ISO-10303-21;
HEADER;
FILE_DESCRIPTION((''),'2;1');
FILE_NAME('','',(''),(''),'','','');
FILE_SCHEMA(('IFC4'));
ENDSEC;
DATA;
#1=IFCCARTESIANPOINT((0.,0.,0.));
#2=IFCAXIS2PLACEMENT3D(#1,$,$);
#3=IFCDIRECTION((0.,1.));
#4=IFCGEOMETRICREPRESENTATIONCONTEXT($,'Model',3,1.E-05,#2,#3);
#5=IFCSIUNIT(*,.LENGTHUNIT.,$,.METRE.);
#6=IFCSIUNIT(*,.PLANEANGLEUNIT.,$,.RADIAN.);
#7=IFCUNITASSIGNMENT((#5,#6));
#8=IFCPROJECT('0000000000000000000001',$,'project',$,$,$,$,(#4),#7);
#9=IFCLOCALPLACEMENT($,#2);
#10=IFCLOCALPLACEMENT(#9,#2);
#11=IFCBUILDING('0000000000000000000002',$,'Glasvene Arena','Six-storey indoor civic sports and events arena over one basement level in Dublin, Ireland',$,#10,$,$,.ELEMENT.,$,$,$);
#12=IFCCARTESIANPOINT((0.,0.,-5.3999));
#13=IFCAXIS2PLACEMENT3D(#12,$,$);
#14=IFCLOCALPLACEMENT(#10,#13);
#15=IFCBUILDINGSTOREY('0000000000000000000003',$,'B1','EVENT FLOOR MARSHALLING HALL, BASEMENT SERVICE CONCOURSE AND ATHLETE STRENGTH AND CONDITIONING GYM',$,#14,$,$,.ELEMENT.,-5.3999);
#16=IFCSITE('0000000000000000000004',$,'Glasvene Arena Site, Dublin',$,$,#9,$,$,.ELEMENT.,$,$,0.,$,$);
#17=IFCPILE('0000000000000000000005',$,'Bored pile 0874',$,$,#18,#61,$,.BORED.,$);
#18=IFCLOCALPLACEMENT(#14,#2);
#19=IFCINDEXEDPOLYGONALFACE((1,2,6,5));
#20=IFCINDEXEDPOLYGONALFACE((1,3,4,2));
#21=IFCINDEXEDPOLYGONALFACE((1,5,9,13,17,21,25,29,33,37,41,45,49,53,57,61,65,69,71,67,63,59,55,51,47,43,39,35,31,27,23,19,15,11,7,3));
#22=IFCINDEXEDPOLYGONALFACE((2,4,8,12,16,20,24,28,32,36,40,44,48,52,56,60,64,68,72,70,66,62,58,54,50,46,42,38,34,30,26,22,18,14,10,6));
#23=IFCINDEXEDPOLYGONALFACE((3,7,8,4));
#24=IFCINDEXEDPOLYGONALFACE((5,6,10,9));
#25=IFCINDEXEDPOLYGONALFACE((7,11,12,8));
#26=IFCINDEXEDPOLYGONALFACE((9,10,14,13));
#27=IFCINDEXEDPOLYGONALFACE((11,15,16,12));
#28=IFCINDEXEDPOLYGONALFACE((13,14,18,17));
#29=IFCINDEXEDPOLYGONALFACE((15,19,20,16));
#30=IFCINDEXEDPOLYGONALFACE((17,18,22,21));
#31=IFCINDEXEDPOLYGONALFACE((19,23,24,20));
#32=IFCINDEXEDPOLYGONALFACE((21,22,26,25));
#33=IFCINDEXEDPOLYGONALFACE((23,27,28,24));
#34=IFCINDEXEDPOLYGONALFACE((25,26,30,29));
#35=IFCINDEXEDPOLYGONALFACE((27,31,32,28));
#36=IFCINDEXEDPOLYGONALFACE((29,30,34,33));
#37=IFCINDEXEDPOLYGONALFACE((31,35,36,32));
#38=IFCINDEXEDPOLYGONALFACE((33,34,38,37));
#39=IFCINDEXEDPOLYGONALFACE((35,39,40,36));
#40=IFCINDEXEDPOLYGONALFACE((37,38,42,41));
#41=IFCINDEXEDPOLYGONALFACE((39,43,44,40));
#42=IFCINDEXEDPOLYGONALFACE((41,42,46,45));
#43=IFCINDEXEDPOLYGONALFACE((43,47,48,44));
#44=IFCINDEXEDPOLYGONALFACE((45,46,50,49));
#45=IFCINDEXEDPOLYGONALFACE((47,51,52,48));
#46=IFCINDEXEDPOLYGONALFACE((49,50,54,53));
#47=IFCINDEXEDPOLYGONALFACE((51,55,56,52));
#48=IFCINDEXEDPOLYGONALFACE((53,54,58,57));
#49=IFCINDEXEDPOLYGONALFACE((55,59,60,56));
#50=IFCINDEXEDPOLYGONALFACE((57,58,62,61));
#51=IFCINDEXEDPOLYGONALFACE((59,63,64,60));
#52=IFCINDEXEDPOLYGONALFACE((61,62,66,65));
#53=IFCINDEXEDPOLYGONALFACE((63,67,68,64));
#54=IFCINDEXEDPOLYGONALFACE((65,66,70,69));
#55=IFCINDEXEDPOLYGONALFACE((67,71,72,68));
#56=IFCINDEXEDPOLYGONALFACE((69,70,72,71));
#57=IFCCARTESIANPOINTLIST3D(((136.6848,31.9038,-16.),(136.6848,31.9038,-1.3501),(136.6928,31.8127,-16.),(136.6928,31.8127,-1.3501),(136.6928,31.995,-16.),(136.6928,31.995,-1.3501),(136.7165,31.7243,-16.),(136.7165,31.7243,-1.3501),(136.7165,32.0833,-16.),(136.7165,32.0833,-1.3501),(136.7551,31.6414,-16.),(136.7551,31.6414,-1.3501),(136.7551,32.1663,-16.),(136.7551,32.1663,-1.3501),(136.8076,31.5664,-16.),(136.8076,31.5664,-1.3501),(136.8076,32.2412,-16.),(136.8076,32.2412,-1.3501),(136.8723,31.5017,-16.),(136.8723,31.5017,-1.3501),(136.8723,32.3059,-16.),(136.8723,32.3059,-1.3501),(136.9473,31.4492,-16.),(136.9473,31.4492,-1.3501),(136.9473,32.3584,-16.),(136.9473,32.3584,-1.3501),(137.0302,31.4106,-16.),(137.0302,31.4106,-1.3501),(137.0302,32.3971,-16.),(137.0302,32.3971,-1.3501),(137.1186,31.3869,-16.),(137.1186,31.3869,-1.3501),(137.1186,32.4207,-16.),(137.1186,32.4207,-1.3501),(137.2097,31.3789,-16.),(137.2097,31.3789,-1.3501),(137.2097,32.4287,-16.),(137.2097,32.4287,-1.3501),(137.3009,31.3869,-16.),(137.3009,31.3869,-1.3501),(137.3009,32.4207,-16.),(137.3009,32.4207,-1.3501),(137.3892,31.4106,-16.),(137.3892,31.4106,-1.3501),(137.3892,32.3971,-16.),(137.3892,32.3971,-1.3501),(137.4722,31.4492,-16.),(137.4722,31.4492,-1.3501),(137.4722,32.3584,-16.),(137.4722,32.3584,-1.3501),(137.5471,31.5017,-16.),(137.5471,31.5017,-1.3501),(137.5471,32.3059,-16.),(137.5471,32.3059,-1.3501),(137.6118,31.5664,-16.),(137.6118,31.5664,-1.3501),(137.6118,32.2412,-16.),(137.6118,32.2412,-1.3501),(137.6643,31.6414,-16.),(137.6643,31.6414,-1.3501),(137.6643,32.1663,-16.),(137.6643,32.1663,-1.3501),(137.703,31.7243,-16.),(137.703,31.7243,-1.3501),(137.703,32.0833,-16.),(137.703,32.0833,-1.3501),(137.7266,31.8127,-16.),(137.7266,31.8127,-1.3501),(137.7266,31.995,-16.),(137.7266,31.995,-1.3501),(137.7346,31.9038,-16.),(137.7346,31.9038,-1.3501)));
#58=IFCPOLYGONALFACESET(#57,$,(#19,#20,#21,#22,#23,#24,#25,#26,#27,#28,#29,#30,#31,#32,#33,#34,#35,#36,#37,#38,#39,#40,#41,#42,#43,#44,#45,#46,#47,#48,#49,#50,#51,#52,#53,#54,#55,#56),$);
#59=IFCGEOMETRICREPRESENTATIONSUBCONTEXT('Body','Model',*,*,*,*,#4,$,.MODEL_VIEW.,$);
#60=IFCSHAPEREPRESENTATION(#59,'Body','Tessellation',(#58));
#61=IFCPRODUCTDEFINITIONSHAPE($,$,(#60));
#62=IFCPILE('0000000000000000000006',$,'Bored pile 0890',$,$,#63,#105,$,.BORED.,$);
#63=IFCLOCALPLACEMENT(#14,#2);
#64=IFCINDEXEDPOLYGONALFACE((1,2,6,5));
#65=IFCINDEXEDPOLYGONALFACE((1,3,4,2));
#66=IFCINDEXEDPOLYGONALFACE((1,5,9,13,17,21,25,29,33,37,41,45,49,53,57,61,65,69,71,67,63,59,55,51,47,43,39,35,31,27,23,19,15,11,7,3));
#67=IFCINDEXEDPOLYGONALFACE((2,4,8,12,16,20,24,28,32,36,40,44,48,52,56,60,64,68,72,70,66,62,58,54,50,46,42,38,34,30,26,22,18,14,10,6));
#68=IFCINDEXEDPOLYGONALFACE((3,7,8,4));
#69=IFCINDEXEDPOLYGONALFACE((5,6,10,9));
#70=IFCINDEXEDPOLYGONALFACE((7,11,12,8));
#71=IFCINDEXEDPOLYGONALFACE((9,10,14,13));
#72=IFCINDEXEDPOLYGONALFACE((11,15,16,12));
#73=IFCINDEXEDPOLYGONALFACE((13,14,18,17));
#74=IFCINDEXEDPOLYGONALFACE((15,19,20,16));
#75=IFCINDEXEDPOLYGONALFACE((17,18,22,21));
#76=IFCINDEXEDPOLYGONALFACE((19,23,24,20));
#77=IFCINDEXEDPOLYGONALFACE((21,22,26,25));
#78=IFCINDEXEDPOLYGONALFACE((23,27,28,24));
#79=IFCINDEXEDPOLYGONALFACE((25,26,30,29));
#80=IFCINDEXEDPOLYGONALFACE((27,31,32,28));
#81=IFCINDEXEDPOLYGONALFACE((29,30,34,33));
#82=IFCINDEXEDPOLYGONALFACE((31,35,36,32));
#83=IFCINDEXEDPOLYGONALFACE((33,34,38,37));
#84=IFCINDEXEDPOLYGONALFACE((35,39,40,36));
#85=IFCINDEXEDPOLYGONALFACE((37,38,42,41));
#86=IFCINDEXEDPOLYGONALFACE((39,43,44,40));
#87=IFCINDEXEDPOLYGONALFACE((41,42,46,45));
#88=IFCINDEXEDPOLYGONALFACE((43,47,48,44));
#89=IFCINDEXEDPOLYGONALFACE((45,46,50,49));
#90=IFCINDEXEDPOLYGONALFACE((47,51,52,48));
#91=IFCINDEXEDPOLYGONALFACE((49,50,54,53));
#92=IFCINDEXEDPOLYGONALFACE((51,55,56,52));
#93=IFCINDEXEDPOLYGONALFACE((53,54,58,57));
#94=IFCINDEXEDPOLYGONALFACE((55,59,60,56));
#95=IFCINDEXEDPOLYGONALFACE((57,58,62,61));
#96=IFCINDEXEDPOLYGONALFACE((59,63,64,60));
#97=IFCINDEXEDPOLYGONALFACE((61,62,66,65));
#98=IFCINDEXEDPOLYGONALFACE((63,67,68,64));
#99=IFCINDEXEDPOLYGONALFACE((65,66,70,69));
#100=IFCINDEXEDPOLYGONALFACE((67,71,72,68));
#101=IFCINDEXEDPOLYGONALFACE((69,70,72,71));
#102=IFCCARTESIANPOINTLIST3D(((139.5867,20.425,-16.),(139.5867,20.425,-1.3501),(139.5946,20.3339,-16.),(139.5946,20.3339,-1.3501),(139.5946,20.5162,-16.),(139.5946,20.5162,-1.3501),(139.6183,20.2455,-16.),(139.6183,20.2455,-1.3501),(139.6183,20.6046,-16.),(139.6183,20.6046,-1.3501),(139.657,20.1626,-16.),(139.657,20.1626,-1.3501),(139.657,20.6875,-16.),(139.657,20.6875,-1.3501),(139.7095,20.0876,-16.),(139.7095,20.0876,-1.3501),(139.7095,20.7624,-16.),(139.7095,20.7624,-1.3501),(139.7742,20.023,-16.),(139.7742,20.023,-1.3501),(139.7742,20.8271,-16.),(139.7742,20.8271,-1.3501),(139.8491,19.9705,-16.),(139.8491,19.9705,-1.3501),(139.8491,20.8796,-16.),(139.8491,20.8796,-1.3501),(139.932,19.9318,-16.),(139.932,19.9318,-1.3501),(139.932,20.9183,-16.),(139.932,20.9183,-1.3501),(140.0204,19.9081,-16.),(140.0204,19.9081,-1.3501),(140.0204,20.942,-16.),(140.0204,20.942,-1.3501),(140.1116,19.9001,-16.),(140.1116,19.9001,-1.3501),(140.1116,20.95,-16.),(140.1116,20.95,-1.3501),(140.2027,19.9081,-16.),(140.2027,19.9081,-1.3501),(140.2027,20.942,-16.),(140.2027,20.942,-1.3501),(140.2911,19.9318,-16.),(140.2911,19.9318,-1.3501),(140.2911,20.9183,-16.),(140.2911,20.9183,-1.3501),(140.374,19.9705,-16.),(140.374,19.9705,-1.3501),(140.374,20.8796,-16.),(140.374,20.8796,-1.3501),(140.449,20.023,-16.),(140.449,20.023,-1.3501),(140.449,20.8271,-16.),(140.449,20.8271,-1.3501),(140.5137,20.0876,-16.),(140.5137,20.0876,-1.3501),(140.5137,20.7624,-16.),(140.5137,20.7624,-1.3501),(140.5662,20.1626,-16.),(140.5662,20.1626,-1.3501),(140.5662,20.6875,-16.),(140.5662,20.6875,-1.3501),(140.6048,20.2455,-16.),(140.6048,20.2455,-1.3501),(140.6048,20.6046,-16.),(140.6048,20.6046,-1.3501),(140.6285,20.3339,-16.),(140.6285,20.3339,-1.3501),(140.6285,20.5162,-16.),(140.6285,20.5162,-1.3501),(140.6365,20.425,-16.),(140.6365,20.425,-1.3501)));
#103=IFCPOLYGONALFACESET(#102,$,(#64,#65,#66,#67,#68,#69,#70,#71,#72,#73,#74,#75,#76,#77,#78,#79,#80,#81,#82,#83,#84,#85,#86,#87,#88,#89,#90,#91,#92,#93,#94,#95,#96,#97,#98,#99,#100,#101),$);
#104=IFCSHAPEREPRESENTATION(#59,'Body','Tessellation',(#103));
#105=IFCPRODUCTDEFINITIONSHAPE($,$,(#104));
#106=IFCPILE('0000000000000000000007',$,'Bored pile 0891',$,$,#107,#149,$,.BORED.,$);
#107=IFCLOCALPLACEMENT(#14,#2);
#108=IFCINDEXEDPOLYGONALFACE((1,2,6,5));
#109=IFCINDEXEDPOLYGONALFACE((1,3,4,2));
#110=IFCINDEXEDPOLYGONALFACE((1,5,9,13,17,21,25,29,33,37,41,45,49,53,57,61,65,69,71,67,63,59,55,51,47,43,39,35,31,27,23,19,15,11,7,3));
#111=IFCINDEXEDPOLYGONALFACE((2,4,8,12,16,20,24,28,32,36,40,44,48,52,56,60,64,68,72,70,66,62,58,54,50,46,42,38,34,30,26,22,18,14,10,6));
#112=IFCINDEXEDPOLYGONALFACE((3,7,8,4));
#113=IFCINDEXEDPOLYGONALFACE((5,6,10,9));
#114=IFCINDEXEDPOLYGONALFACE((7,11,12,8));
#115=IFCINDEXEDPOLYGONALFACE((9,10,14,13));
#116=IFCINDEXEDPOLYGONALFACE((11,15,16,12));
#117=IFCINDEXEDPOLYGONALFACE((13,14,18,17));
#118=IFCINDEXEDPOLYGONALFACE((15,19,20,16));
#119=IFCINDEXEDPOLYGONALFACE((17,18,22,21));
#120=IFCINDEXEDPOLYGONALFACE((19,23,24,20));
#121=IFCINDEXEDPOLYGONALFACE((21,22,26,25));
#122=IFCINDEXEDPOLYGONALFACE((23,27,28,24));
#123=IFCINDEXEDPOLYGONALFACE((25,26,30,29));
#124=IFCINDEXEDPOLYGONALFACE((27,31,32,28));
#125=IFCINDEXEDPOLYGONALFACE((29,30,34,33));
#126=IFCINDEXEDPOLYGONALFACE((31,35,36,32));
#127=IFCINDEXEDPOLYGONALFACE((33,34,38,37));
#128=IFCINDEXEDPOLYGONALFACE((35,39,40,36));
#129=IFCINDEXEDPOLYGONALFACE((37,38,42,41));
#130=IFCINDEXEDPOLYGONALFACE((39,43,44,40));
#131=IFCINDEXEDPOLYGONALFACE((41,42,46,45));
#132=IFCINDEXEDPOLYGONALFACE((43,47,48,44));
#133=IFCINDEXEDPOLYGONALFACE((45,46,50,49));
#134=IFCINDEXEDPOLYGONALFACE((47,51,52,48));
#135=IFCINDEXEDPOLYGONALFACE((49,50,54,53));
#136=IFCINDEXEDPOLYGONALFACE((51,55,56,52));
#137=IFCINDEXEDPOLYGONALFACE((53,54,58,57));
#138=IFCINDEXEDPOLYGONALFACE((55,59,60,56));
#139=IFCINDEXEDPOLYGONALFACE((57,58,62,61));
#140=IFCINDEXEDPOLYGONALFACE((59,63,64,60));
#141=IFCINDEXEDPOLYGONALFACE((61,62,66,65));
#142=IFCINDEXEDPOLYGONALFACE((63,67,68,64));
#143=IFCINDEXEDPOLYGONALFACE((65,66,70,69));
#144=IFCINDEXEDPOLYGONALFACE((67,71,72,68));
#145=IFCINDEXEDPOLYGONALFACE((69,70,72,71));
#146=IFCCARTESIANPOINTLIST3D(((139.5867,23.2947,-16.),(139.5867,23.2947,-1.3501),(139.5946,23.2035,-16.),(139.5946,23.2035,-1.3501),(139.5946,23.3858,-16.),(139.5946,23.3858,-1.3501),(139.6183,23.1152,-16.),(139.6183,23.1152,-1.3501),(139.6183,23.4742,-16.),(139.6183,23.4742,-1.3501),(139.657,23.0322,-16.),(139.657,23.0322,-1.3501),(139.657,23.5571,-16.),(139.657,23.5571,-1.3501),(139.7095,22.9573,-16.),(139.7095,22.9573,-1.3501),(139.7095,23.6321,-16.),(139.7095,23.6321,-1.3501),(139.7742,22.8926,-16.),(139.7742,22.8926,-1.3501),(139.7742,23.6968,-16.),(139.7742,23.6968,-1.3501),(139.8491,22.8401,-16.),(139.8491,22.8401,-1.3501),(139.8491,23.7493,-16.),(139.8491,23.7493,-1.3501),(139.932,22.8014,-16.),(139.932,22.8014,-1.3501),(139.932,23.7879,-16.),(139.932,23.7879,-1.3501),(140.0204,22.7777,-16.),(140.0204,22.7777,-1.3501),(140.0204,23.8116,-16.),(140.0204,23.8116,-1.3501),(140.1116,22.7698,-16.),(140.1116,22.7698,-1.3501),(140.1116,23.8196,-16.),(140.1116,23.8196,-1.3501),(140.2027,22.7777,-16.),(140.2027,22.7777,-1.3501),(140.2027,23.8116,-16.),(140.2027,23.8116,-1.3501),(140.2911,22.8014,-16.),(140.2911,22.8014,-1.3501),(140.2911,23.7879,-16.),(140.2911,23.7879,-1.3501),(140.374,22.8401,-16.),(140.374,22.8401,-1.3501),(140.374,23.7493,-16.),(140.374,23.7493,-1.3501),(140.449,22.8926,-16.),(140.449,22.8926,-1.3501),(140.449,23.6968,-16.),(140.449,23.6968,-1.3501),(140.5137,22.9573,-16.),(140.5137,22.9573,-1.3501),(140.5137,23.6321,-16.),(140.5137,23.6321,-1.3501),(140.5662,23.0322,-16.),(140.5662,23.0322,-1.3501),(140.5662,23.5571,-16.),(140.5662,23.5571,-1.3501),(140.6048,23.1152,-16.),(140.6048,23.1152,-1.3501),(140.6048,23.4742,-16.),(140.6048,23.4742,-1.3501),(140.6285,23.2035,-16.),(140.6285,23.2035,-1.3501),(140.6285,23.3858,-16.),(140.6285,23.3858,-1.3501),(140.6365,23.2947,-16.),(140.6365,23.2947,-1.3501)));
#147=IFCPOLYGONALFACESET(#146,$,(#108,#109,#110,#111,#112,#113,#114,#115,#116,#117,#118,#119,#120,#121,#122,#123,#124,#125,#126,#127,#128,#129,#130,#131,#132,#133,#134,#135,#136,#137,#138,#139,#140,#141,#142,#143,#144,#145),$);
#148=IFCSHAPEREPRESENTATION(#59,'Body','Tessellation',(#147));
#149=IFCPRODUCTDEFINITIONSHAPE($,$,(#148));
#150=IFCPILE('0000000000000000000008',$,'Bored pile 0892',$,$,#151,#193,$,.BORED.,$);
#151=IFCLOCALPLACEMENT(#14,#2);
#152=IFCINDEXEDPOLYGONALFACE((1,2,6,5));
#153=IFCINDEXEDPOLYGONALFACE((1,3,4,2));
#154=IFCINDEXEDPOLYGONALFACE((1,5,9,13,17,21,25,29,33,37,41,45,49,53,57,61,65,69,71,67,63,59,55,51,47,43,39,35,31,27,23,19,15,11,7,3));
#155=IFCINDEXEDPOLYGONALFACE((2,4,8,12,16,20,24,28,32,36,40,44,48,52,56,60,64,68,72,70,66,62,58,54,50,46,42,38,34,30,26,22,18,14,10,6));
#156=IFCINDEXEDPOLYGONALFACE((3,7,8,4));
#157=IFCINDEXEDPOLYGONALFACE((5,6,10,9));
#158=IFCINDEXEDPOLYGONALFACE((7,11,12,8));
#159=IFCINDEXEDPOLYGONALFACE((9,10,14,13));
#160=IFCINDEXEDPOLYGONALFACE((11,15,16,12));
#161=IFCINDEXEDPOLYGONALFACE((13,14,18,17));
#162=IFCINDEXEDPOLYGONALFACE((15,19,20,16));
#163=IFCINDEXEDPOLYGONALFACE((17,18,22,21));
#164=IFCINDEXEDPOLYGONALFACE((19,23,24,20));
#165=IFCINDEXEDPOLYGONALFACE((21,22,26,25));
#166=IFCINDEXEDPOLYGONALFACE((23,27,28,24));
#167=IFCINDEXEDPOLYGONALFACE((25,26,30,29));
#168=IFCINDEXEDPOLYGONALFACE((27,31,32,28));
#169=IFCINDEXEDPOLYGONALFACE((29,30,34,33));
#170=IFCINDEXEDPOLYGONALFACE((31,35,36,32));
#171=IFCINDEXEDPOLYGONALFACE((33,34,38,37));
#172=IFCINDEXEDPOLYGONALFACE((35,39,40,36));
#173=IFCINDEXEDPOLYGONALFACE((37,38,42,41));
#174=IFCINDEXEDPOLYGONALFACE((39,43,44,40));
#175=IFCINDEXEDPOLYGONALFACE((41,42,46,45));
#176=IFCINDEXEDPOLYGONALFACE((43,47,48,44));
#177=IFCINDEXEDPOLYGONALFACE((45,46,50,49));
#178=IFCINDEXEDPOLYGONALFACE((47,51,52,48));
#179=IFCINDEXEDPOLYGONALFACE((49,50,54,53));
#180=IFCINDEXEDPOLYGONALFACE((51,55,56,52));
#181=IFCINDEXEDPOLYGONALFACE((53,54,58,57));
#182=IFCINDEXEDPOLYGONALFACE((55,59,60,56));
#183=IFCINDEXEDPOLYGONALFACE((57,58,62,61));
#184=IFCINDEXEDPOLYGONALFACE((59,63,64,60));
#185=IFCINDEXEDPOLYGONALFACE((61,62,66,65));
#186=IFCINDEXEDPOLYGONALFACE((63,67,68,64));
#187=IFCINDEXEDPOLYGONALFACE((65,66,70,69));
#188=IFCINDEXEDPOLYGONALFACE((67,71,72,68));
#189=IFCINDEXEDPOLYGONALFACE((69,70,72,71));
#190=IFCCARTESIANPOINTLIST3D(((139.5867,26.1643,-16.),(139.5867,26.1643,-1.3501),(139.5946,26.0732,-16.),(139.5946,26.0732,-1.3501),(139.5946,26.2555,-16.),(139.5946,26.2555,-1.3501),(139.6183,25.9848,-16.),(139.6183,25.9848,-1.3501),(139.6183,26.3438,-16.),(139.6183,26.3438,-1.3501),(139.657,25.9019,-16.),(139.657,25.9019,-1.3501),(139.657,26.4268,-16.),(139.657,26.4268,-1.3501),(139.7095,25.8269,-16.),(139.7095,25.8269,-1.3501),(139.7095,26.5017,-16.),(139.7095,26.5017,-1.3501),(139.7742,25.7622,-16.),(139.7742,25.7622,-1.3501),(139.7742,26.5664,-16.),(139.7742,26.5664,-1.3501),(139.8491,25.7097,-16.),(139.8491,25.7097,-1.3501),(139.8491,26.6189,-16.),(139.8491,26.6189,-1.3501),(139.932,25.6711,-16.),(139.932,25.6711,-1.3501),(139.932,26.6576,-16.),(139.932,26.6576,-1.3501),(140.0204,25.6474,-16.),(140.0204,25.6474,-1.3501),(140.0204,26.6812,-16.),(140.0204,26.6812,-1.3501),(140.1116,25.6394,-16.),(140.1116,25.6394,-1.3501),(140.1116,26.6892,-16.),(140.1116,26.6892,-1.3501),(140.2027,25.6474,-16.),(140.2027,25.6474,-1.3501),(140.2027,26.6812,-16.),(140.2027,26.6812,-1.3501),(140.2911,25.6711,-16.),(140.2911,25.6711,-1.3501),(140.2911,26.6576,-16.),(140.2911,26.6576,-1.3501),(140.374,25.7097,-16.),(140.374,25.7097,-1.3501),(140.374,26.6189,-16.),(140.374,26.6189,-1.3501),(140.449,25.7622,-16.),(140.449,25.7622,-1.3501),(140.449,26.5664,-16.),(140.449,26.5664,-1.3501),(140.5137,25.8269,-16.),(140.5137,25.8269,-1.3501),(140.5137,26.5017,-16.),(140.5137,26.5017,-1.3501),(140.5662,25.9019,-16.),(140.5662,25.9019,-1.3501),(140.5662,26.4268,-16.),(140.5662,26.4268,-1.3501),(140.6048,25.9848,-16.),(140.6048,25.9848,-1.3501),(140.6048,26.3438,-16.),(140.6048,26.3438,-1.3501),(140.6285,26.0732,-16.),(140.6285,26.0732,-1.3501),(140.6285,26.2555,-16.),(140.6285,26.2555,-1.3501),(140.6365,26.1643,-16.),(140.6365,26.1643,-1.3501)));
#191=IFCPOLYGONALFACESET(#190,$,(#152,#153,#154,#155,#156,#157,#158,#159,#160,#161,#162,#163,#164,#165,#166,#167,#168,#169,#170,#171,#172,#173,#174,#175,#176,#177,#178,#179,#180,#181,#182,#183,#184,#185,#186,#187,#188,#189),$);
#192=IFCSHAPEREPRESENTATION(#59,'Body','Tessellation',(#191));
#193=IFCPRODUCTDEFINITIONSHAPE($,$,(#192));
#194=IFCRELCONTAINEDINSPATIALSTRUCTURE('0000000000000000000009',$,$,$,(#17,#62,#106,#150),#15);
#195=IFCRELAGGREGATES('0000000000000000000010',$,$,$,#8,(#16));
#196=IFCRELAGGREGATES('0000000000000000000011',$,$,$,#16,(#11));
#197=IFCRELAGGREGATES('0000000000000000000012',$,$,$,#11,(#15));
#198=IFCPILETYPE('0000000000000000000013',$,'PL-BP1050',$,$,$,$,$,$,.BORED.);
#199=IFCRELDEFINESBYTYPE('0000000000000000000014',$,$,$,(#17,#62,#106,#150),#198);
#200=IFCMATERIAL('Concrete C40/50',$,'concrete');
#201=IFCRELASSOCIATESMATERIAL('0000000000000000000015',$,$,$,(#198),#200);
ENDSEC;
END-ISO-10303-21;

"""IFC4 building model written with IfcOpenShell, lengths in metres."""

from ifc_helpers import new_model, si_unit, direction, frame, origin, origin_2d, place, context, subcontext, project, spatial, circle, extrude, material, material_profile, profile_set, type_object, element, save


model = new_model("IFC4")

# Units and contexts
model_context = context("Model", 3, precision=1e-05, world=origin(), true_north=direction((0.0, 1.0)))
body_context = subcontext(model_context, "Body", "Model", "MODEL_VIEW")
ifc_project = project(units=[si_unit("LENGTHUNIT", "METRE"), si_unit("PLANEANGLEUNIT", "RADIAN")], contexts=[model_context])

# Site, building, storey
site_placement = place(None, origin())
site = spatial("IfcSite", under=ifc_project, at=site_placement, Name="Glasvene Arena Site, Dublin", CompositionType="ELEMENT", RefElevation=0.0)
building_placement = place(site_placement, origin())
building = spatial("IfcBuilding", under=site, at=building_placement, Name="Glasvene Arena", Description="Six-storey indoor civic sports and events arena over one basement level in Dublin, Ireland", CompositionType="ELEMENT")
storey_placement = place(building_placement, frame((0.0, 0.0, -5.3999)))
storey = spatial("IfcBuildingStorey", under=building, at=storey_placement, Name="B1", Description="EVENT FLOOR MARSHALLING HALL, BASEMENT SERVICE CONCOURSE AND ATHLETE STRENGTH AND CONDITIONING GYM", CompositionType="ELEMENT", Elevation=-5.3999)

# Piles
ifc_material = material(Name="Concrete C40/50", Category="concrete")
ifc_material_profile_1 = material_profile(ifc_material, circle(Radius=0.5249, at=origin_2d()), Name="BORED PILE 1050")
ifc_profile_set_1 = profile_set([ifc_material_profile_1], Name="Concrete C40/50")
pile_type = type_object("IfcPileType", Name="PL-BP1050", PredefinedType="BORED", material=ifc_profile_set_1)
for number, where, z_axis, x_axis, name in (
    (1, (137.2097, 31.9038, -1.3501), (0.0, 0.0, -1.0), (1.0, 0.0, 0.0), "Bored pile 0874"),
    (2, (140.1116, 20.425, -1.3501), (0.0, 0.0, -1.0), (1.0, 0.0, 0.0), "Bored pile 0890"),
    (3, (140.1116, 23.2947, -1.3501), (0.0, 0.0, -1.0), (1.0, 0.0, 0.0), "Bored pile 0891"),
    (4, (140.1116, 26.1643, -1.3501), (0.0, 0.0, -1.0), (1.0, 0.0, 0.0), "Bored pile 0892"),
):
    element("IfcPile", number, at=place(storey_placement, frame(where, z_axis=z_axis, x_axis=x_axis)), inside=storey, type_object=pile_type, Name=name, PredefinedType="BORED", context=body_context, shape_type="SweptSolid", body=[
        extrude(circle(Radius=0.5249, at=origin_2d()), origin(), (0.0, 0.0, 1.0), 14.6499),
    ])

save(model, "model.ifc")
